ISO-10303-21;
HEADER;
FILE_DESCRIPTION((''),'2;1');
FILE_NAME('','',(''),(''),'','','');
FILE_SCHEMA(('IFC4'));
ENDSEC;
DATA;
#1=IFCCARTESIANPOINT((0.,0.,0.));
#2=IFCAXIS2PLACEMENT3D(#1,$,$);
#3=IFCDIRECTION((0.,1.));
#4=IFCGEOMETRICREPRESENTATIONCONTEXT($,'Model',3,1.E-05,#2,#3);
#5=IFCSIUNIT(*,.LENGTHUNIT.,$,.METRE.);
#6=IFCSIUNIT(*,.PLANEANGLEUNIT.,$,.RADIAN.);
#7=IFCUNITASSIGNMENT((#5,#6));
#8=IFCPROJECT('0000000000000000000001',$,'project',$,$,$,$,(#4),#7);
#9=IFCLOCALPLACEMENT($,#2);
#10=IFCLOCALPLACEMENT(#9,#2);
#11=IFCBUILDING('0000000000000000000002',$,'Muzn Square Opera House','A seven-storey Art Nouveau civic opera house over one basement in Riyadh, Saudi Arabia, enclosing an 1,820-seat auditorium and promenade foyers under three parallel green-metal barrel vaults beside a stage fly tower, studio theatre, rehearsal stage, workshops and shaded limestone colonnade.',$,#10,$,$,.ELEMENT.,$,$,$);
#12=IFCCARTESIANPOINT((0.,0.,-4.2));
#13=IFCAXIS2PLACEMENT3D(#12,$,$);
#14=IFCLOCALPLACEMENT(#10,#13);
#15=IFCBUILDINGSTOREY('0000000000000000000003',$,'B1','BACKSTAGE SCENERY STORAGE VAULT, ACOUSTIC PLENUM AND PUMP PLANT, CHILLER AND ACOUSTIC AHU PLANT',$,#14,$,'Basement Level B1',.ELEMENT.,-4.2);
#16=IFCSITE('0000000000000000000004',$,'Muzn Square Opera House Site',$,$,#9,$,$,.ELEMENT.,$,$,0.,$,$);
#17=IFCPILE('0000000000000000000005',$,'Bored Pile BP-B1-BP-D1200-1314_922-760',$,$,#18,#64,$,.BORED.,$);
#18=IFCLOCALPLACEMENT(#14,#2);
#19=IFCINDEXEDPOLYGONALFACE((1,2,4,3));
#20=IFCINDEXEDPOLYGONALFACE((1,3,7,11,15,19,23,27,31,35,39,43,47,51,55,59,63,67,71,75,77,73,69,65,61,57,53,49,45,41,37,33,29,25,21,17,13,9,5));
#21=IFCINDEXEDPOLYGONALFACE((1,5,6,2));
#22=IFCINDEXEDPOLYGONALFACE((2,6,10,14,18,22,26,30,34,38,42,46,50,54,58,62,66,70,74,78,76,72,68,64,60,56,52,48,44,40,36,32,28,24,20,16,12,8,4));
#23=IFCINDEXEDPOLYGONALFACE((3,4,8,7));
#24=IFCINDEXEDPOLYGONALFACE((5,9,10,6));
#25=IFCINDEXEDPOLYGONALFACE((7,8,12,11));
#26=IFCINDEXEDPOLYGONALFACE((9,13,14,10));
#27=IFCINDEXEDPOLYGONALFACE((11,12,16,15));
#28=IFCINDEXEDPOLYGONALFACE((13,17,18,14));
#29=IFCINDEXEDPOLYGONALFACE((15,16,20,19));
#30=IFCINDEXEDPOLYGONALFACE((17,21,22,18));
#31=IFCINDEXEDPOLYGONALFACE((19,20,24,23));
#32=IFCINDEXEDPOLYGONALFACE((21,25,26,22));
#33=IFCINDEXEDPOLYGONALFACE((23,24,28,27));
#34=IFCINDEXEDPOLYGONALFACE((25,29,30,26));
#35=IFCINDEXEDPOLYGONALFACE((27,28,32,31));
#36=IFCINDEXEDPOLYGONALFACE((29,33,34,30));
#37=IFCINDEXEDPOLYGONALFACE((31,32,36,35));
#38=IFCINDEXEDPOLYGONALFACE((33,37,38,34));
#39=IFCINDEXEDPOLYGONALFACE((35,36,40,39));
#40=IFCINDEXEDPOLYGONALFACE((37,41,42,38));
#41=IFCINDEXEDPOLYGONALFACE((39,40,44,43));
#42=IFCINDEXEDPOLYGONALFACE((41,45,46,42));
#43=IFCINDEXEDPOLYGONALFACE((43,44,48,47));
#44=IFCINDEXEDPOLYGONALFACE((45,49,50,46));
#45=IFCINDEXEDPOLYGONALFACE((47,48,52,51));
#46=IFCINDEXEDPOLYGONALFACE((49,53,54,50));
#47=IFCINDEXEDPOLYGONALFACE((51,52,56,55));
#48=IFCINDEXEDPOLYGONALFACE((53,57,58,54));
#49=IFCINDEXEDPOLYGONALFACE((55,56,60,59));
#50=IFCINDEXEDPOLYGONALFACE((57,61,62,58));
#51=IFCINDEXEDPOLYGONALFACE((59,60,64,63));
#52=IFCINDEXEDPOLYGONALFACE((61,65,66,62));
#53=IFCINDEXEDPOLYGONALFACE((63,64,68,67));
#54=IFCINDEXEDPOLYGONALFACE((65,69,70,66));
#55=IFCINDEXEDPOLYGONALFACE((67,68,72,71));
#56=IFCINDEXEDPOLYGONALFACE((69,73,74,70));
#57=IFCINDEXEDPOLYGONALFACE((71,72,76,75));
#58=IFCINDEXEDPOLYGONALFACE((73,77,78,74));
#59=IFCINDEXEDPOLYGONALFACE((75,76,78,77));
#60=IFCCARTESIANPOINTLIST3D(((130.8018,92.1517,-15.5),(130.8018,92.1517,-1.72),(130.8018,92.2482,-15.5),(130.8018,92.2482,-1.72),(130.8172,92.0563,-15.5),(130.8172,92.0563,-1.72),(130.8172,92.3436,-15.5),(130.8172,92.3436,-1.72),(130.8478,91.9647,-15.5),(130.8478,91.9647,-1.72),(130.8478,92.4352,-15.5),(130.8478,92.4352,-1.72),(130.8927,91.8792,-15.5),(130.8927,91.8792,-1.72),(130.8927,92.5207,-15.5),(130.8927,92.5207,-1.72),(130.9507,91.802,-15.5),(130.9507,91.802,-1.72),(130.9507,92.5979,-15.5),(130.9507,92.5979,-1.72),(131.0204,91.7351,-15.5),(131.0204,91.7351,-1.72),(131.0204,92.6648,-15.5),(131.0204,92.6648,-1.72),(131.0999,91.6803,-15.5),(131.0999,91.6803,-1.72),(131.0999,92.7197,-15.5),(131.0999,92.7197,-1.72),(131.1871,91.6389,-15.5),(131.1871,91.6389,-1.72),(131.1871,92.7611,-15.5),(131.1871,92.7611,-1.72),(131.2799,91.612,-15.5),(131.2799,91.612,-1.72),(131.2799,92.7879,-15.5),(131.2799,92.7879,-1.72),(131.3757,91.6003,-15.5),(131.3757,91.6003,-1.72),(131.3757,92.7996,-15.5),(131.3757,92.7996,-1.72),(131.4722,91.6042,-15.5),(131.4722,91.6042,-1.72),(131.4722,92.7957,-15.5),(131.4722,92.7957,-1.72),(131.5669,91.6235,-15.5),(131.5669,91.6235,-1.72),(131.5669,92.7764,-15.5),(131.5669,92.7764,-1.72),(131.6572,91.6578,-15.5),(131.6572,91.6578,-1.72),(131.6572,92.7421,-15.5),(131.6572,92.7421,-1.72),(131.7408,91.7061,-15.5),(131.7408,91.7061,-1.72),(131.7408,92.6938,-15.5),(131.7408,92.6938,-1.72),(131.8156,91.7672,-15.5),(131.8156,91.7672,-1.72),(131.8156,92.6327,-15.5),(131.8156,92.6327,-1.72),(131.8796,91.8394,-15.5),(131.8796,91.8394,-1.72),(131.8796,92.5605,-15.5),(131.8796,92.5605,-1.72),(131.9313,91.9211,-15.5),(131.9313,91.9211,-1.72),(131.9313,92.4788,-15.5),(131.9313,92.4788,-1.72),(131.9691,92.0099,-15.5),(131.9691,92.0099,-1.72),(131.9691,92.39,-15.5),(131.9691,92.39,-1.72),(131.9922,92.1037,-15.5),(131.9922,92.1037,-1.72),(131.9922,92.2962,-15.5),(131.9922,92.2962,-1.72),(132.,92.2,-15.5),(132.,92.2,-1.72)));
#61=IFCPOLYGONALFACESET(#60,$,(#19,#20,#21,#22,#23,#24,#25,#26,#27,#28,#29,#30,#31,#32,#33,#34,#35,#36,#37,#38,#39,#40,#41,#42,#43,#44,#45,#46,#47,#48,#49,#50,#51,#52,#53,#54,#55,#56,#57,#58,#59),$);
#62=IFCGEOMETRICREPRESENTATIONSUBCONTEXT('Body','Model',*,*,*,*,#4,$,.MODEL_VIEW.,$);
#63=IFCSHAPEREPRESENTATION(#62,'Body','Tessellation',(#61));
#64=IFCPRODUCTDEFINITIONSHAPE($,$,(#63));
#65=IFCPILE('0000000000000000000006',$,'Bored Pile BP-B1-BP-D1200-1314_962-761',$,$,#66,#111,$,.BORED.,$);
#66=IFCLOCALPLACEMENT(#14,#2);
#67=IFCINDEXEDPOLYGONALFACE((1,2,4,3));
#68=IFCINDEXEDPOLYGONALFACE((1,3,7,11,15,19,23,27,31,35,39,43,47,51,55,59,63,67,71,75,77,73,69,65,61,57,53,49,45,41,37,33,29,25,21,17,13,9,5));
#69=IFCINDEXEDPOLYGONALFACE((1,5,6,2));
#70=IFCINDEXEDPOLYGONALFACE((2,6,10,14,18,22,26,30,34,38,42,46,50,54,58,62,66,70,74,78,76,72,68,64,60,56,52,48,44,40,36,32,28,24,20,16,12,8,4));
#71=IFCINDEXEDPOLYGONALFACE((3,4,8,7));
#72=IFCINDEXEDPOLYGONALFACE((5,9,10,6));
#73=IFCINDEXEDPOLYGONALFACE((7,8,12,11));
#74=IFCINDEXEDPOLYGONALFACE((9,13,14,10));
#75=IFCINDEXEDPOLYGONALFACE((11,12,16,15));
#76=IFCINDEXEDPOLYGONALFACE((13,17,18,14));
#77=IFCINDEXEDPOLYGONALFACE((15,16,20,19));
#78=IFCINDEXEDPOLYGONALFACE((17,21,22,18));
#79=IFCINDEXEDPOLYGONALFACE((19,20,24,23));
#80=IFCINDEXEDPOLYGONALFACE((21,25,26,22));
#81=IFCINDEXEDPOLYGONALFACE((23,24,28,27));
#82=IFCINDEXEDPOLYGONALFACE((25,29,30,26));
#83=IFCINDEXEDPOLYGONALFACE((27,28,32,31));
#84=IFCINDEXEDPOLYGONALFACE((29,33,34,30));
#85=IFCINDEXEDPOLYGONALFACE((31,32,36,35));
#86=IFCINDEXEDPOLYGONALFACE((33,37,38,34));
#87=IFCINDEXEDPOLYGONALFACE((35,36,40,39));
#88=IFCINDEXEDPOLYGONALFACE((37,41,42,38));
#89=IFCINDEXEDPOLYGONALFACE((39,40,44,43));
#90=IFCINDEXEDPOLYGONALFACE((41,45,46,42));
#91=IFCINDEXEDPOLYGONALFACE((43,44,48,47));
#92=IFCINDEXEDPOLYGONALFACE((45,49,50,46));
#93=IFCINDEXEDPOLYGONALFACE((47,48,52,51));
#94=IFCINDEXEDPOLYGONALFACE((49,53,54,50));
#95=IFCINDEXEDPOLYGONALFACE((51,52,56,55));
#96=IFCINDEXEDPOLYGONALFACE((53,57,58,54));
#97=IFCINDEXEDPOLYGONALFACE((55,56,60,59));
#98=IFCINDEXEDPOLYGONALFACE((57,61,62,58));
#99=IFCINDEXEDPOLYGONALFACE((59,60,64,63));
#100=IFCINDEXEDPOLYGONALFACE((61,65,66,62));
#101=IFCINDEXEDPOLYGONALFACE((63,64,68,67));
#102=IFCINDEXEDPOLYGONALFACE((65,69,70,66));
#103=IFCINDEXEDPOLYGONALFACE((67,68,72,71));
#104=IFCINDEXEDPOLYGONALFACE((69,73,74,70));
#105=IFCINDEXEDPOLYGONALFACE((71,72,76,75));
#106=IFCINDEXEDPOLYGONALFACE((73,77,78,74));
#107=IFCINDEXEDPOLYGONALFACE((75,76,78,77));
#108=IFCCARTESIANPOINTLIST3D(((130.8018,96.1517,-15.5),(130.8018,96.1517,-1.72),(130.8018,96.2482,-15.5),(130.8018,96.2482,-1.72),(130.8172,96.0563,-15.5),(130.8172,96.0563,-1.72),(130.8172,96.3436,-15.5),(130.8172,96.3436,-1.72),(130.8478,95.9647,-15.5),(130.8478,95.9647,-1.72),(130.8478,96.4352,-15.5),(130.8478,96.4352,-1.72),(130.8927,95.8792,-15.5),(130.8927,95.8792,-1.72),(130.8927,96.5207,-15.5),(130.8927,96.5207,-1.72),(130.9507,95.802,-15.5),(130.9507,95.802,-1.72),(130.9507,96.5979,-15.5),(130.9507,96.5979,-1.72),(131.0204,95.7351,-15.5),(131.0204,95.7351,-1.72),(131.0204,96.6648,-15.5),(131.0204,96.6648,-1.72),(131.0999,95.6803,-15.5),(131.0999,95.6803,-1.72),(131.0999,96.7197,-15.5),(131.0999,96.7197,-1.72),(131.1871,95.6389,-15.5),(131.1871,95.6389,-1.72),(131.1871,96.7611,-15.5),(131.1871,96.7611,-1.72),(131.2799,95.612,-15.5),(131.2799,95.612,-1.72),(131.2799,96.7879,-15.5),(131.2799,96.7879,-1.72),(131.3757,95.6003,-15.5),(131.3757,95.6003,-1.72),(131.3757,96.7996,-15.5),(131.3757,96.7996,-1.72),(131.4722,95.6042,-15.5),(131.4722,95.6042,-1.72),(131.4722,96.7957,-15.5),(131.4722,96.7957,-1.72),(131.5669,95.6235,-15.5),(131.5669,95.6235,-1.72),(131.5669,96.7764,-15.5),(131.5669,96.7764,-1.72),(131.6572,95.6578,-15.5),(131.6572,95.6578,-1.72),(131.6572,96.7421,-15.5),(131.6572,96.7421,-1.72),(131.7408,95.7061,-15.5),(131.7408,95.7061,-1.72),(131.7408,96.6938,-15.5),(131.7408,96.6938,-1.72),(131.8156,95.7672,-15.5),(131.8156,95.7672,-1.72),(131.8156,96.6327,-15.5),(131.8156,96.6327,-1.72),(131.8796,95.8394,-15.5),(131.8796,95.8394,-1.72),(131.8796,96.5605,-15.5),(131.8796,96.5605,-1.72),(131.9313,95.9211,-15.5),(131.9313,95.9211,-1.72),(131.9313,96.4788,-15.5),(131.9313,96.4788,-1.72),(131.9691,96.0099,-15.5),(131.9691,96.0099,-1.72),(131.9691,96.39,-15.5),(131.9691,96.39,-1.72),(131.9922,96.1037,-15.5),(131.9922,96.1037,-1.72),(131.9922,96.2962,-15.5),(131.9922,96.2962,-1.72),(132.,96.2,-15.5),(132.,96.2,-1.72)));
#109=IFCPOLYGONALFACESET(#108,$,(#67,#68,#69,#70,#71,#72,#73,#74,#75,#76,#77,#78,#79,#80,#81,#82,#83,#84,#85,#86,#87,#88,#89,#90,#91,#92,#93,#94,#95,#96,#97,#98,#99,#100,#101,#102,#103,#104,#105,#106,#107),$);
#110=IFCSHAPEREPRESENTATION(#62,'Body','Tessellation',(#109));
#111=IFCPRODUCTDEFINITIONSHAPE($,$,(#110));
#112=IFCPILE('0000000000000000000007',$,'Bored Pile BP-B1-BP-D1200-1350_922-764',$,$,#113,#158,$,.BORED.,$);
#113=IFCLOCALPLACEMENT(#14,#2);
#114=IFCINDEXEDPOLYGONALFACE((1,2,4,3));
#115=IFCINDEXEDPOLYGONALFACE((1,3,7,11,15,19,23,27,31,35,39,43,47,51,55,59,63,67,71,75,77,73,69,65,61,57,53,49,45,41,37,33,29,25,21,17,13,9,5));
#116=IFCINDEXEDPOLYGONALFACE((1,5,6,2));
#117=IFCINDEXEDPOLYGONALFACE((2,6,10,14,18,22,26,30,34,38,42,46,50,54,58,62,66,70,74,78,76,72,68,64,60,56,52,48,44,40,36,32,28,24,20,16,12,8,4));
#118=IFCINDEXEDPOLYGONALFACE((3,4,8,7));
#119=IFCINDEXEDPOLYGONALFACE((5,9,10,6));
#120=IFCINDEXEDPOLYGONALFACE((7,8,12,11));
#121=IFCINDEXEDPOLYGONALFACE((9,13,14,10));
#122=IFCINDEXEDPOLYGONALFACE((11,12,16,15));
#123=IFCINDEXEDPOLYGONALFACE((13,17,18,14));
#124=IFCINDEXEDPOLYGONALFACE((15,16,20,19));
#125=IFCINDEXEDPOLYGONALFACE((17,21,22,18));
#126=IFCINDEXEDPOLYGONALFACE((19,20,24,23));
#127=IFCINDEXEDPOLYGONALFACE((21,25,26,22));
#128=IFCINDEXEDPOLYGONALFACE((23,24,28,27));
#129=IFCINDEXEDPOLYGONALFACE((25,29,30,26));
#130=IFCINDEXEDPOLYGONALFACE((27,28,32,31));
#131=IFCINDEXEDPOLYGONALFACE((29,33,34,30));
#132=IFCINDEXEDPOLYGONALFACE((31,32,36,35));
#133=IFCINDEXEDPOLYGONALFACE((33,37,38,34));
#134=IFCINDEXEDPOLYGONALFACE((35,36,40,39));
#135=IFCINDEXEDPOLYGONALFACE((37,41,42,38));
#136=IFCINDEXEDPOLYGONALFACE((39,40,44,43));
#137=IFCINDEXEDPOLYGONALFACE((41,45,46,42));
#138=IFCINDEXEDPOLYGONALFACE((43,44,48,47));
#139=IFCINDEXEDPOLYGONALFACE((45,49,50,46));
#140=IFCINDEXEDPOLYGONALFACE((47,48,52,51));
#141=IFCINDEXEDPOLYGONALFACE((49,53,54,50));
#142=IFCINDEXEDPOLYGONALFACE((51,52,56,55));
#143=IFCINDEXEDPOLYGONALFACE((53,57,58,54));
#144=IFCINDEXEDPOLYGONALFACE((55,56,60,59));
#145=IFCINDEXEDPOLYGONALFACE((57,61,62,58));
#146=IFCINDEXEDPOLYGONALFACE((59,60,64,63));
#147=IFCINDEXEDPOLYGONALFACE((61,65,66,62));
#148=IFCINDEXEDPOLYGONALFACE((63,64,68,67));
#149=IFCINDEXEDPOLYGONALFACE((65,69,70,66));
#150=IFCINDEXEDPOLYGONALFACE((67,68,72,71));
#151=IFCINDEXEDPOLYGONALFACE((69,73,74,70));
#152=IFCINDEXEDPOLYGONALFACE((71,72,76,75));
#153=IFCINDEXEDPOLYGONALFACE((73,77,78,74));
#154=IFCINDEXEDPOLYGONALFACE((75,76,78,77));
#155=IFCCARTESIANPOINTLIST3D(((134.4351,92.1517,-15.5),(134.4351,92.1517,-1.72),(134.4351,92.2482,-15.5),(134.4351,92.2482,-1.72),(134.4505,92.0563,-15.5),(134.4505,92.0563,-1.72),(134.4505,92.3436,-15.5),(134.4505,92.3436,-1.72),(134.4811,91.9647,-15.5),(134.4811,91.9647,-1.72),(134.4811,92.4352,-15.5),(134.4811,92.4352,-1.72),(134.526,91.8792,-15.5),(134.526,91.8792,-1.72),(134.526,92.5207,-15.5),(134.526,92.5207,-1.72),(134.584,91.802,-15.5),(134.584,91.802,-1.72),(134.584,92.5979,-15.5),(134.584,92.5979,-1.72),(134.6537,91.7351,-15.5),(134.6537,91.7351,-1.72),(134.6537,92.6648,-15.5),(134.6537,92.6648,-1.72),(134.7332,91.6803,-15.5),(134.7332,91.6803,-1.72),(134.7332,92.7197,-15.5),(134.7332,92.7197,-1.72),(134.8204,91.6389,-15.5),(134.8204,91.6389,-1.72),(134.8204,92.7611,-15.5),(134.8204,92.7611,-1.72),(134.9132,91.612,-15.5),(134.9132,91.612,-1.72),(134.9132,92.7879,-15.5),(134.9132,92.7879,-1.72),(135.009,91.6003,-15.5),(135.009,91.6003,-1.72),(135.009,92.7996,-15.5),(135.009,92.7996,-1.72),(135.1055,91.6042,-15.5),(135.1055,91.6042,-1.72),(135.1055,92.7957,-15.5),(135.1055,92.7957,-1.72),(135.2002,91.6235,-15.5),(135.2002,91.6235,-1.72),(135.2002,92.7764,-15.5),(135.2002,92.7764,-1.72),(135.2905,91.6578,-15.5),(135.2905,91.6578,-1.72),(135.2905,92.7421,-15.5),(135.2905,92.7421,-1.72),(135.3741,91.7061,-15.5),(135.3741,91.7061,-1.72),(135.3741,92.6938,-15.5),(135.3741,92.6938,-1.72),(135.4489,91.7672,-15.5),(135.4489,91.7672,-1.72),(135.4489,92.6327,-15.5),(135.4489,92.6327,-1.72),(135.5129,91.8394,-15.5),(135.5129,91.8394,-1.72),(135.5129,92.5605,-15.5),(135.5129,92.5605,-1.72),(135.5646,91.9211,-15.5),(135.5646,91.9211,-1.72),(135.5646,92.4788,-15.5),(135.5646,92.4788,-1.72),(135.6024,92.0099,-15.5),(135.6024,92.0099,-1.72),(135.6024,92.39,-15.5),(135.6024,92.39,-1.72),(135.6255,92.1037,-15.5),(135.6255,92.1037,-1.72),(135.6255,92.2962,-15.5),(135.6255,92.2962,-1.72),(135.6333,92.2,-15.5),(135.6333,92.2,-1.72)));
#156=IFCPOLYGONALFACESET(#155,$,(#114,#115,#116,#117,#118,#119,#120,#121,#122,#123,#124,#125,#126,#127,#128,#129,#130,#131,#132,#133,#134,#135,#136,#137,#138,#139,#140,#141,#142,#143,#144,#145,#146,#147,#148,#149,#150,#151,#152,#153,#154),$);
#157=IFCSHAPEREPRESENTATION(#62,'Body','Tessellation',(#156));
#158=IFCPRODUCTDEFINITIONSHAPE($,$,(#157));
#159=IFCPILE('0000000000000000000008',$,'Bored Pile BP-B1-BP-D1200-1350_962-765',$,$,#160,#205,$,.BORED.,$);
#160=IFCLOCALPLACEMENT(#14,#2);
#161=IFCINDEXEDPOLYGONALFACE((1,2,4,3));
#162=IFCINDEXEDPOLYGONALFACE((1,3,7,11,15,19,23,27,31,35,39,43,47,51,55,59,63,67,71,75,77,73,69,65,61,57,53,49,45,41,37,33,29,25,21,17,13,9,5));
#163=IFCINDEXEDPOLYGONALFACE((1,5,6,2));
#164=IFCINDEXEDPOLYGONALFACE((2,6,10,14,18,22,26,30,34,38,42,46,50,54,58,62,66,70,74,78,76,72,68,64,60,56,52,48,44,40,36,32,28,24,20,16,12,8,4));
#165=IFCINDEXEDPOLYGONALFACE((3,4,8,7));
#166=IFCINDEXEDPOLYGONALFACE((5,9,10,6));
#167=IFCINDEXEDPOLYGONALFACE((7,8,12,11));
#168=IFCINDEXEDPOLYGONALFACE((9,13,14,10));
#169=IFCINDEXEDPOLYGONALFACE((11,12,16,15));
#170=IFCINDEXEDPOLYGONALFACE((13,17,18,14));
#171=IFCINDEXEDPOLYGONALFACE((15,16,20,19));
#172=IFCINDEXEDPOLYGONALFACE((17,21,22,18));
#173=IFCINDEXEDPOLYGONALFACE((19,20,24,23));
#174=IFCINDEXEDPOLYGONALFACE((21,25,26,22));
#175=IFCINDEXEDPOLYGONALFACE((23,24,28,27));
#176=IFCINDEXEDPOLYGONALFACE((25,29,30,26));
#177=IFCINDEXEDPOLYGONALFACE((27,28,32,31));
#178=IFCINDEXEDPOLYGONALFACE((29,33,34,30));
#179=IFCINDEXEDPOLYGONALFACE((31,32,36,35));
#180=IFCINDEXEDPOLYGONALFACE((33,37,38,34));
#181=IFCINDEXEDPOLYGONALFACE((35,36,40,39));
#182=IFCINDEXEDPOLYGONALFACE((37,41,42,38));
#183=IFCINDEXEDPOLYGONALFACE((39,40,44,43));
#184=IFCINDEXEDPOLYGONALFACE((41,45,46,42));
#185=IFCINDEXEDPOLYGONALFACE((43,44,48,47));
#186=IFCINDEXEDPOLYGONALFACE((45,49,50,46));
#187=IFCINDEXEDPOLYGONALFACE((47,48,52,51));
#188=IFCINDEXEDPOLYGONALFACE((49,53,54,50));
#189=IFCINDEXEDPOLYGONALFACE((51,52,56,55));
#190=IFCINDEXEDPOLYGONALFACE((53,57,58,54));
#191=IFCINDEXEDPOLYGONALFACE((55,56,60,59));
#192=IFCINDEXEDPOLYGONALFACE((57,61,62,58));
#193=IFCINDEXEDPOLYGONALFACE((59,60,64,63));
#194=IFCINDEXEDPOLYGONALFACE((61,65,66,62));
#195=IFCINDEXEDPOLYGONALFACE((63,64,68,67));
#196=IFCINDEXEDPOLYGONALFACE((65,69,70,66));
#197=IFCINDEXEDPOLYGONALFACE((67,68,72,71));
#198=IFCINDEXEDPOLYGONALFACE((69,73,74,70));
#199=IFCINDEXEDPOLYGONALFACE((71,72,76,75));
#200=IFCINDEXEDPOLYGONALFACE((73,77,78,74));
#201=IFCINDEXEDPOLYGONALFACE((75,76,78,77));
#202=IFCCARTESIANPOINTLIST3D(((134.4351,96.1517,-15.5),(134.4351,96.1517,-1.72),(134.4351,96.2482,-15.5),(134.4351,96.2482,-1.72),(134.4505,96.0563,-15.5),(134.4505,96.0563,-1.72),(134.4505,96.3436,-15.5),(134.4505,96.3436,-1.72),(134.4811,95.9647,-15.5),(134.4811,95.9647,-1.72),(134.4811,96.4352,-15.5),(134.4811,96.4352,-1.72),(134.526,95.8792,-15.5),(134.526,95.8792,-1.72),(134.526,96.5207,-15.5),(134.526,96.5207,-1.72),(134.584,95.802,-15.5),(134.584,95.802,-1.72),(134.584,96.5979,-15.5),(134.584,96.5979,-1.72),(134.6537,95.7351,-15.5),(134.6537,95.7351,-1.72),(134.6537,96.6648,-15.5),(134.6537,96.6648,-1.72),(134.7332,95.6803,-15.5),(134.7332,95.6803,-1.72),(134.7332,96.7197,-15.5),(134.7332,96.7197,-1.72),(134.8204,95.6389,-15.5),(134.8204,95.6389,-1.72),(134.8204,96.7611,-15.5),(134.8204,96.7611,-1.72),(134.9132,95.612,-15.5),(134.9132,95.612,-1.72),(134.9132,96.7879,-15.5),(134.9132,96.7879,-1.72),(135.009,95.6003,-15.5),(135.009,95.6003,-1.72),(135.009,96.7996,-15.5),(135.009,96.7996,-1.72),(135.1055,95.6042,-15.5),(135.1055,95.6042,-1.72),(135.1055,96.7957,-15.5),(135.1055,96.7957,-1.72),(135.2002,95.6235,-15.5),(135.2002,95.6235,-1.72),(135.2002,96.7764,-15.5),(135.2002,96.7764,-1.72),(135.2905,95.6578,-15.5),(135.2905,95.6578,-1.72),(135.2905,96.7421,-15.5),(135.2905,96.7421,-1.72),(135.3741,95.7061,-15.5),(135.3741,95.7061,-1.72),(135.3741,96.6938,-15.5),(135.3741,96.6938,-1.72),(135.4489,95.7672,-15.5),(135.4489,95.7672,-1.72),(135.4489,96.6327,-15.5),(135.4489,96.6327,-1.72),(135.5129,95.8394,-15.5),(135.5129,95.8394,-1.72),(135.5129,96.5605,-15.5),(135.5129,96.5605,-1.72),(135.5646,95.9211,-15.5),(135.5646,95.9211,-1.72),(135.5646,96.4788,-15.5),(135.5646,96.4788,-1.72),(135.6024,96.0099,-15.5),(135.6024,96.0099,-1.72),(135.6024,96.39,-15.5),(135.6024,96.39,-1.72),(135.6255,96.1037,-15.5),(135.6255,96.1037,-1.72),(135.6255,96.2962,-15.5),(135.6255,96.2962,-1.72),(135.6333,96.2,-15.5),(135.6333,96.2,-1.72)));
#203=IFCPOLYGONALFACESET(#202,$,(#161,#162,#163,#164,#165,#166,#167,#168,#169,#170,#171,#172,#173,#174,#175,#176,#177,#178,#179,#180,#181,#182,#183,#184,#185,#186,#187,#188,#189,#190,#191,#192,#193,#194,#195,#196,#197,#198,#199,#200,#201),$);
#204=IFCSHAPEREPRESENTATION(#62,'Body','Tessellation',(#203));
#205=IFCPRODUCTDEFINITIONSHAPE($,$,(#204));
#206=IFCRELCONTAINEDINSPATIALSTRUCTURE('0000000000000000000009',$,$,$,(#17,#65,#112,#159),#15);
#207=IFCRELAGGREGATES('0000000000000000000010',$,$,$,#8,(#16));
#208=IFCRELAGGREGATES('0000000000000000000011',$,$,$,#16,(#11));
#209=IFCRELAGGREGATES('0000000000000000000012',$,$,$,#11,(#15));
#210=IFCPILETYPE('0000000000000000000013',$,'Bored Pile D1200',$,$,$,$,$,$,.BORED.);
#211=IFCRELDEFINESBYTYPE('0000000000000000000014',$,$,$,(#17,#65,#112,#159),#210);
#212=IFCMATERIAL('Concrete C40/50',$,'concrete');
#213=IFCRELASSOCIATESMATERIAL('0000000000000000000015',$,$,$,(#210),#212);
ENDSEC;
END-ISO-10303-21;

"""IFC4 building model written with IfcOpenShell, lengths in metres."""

from ifc_helpers import new_model, si_unit, direction, frame, origin, origin_2d, place, context, subcontext, project, spatial, circle, extrude, material, material_profile, profile_set, type_object, element, save


model = new_model("IFC4")

# Units and contexts
model_context = context("Model", 3, precision=1e-05, world=origin(), true_north=direction((0.0, 1.0)))
body_context = subcontext(model_context, "Body", "Model", "MODEL_VIEW")
ifc_project = project(units=[si_unit("LENGTHUNIT", "METRE"), si_unit("PLANEANGLEUNIT", "RADIAN")], contexts=[model_context])

# Site, building, storey
site_placement = place(None, origin())
site = spatial("IfcSite", under=ifc_project, at=site_placement, Name="Muzn Square Opera House Site", CompositionType="ELEMENT", RefElevation=0.0)
building_placement = place(site_placement, origin())
building = spatial("IfcBuilding", under=site, at=building_placement, Name="Muzn Square Opera House", Description="A seven-storey Art Nouveau civic opera house over one basement in Riyadh, Saudi Arabia, enclosing an 1,820-seat auditorium and promenade foyers under three parallel green-metal barrel vaults beside a stage fly tower, studio theatre, rehearsal stage, workshops and shaded limestone colonnade.", CompositionType="ELEMENT")
storey_placement = place(building_placement, frame((0.0, 0.0, -4.2)))
storey = spatial("IfcBuildingStorey", under=building, at=storey_placement, Name="B1", Description="BACKSTAGE SCENERY STORAGE VAULT, ACOUSTIC PLENUM AND PUMP PLANT, CHILLER AND ACOUSTIC AHU PLANT", LongName="Basement Level B1", CompositionType="ELEMENT", Elevation=-4.2)

# Piles
ifc_material_1 = material(Name="Concrete C40/50", Category="concrete")
ifc_material_profile_1 = material_profile(ifc_material_1, circle(Radius=0.6001, at=origin_2d()), Name="BORED PILE D1200", Category="concrete")
ifc_profile_set_1 = profile_set([ifc_material_profile_1], Name="Concrete C40/50")
pile_type = type_object("IfcPileType", Name="Bored Pile D1200", PredefinedType="BORED", material=ifc_profile_set_1)
for number, where, z_axis, x_axis, name in (
    (1, (131.3999, 92.2, -1.72), (0.0, 0.0, -1.0), (1.0, 0.0, 0.0), "Bored Pile BP-B1-BP-D1200-1314_922-760"),
    (2, (131.3999, 96.2, -1.72), (0.0, 0.0, -1.0), (1.0, 0.0, 0.0), "Bored Pile BP-B1-BP-D1200-1314_962-761"),
    (3, (135.0332, 92.2, -1.72), (0.0, 0.0, -1.0), (1.0, 0.0, 0.0), "Bored Pile BP-B1-BP-D1200-1350_922-764"),
    (4, (135.0332, 96.2, -1.72), (0.0, 0.0, -1.0), (1.0, 0.0, 0.0), "Bored Pile BP-B1-BP-D1200-1350_962-765"),
):
    element("IfcPile", number, at=place(storey_placement, frame(where, z_axis=z_axis, x_axis=x_axis)), inside=storey, type_object=pile_type, Name=name, PredefinedType="BORED", context=body_context, shape_type="SweptSolid", body=[
        extrude(circle(Radius=0.6001, at=origin_2d()), origin(), (0.0, 0.0, 1.0), 13.78),
    ])

save(model, "model.ifc")
